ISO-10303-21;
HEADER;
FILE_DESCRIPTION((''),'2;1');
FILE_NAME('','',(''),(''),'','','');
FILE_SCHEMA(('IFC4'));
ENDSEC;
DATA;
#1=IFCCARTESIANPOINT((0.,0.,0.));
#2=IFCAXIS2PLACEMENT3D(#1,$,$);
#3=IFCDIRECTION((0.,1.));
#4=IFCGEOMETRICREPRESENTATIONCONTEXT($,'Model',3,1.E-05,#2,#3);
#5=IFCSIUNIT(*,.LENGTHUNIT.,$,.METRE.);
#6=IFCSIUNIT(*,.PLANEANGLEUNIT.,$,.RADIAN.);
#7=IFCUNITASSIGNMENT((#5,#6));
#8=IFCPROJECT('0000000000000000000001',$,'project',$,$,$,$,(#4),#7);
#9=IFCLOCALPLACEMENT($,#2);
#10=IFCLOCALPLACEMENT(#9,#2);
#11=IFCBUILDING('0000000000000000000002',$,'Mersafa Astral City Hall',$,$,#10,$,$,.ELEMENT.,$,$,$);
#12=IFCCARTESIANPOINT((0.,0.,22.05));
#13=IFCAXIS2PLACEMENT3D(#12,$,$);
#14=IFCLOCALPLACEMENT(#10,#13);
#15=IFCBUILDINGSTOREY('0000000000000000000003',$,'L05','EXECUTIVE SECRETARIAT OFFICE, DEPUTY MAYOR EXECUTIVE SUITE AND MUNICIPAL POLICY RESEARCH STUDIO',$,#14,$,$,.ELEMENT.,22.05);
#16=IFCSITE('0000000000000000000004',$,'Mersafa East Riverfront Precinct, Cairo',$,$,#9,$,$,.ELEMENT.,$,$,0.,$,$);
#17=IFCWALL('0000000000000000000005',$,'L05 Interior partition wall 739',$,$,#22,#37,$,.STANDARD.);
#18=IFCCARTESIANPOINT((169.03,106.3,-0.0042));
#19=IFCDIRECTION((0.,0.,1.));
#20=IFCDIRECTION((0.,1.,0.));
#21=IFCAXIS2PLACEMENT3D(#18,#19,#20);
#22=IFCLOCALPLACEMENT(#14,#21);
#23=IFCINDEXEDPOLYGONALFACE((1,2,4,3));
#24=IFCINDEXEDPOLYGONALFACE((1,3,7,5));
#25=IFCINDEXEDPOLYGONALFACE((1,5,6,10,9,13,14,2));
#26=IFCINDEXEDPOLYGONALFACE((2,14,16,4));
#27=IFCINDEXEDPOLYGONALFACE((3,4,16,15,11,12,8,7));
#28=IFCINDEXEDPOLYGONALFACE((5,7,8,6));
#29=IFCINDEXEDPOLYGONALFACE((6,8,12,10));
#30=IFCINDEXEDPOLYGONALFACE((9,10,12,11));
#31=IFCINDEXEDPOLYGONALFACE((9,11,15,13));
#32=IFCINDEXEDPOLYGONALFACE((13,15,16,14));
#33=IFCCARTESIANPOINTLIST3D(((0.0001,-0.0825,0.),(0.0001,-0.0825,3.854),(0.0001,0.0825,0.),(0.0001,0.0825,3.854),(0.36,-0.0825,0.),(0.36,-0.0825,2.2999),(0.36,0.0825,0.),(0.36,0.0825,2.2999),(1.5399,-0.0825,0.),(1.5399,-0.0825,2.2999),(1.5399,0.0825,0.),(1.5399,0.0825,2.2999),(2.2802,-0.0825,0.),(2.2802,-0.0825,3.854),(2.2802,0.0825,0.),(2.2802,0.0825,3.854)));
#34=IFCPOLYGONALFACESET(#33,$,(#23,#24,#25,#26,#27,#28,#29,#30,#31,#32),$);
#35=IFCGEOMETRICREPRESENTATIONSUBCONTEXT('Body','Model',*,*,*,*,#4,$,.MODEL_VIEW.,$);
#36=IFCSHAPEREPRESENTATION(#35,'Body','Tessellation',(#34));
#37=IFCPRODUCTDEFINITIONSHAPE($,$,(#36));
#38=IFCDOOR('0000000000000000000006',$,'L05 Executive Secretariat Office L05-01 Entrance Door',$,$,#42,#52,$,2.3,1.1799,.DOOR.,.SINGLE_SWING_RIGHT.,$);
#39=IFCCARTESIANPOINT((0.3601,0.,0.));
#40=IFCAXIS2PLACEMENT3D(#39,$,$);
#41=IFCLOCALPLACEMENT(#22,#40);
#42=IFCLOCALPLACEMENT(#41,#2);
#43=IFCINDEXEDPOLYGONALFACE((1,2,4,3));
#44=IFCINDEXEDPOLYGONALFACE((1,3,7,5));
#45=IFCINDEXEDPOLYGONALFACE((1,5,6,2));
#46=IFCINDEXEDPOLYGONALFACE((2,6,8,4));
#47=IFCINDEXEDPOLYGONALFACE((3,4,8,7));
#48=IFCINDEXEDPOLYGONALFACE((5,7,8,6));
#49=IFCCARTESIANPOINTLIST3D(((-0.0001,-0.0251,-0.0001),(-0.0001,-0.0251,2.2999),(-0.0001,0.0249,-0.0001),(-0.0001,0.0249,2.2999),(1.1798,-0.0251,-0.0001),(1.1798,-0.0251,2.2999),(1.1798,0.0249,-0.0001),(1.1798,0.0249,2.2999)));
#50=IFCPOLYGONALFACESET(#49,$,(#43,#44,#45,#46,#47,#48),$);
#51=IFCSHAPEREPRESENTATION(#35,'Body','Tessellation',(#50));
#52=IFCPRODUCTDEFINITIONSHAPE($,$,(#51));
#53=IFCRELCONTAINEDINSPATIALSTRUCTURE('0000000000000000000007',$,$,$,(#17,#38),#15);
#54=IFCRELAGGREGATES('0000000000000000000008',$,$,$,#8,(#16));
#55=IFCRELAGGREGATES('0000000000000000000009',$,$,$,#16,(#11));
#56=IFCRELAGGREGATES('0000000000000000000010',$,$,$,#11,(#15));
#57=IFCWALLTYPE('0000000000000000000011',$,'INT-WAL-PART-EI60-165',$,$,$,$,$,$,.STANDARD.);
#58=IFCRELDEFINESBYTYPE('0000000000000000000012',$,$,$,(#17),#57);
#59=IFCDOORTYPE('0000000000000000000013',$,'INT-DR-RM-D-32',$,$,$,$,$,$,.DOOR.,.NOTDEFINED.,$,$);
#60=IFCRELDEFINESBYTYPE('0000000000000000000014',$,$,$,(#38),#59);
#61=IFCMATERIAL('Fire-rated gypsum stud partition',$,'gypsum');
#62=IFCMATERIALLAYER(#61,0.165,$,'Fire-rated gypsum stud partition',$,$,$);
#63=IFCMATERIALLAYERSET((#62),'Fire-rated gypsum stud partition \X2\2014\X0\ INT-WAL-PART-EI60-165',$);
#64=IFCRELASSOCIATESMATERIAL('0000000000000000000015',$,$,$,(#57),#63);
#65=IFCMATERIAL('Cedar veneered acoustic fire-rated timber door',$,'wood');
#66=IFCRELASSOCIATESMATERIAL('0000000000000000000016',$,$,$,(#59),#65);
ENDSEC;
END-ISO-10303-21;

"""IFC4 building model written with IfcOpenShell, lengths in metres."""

from ifc_helpers import new_model, si_unit, direction, frame, frame_2d, origin, place, context, subcontext, project, spatial, rectangle, extrude, material, layer, layer_set, type_object, element, fill, save


model = new_model("IFC4")

# Units and contexts
model_context = context("Model", 3, precision=1e-05, world=origin(), true_north=direction((0.0, 1.0)))
body_context = subcontext(model_context, "Body", "Model", "MODEL_VIEW")
ifc_project = project(units=[si_unit("LENGTHUNIT", "METRE"), si_unit("PLANEANGLEUNIT", "RADIAN")], contexts=[model_context])

# Site, building, storey
site_placement = place(None, origin())
site = spatial("IfcSite", under=ifc_project, at=site_placement, Name="Mersafa East Riverfront Precinct, Cairo", CompositionType="ELEMENT", RefElevation=0.0)
building_placement = place(site_placement, origin())
building = spatial("IfcBuilding", under=site, at=building_placement, Name="Mersafa Astral City Hall", CompositionType="ELEMENT")
storey_placement = place(building_placement, frame((0.0, 0.0, 22.05)))
storey = spatial("IfcBuildingStorey", under=building, at=storey_placement, Name="L05", Description="EXECUTIVE SECRETARIAT OFFICE, DEPUTY MAYOR EXECUTIVE SUITE AND MUNICIPAL POLICY RESEARCH STUDIO", CompositionType="ELEMENT", Elevation=22.05)

# Wall, opening, door
ifc_material_1 = material(Name="Fire-rated gypsum stud partition", Category="gypsum")
ifc_layer_1 = layer(ifc_material_1, 0.165, Name="Fire-rated gypsum stud partition")
ifc_layer_set_1 = layer_set([ifc_layer_1], Name="Fire-rated gypsum stud partition — INT-WAL-PART-EI60-165")
wall_type_1 = type_object("IfcWallType", Name="INT-WAL-PART-EI60-165", PredefinedType="STANDARD", material=ifc_layer_set_1)
wall_1_placement = place(storey_placement, frame((169.03, 106.3, -0.0042), z_axis=(0.0, 0.0, 1.0), x_axis=(0.0, 1.0, 0.0)))
wall_1 = element("IfcWall", 1, at=wall_1_placement, inside=storey, type_object=wall_type_1, Name="L05 Interior partition wall 739", PredefinedType="STANDARD", context=body_context, shape_type="SweptSolid", body=[
    extrude(rectangle(XDim=2.28, YDim=0.165, at=frame_2d((1.1401, 0.0))), origin(), (0.0, 0.0, 1.0), 3.854),
])
opening_placement = place(wall_1_placement, frame((0.3601, 0.0, 0.0)))
opening = element("IfcOpeningElement", 2, at=opening_placement, cuts=wall_1, PredefinedType="OPENING", context=body_context, shape_type="SweptSolid", body=[
    extrude(rectangle(XDim=1.1799, YDim=2.3, at=frame_2d((0.5898, 1.1499))), frame((0.0, 0.0925, 0.0), z_axis=(0.0, -1.0, 0.0), x_axis=(1.0, 0.0, 0.0)), (0.0, 0.0, 1.0), 0.1851),
])
ifc_material_2 = material(Name="Cedar veneered acoustic fire-rated timber door", Category="wood")
door_type = type_object("IfcDoorType", Name="INT-DR-RM-D-32", OperationType="NOTDEFINED", PredefinedType="DOOR", material=ifc_material_2)
door_placement = place(opening_placement, origin())
door = element("IfcDoor", 3, at=door_placement, inside=storey, type_object=door_type, Name="L05 Executive Secretariat Office L05-01 Entrance Door", OperationType="SINGLE_SWING_RIGHT", OverallHeight=2.3, OverallWidth=1.1799, PredefinedType="DOOR", context=body_context, shape_type="SweptSolid", body=[
    extrude(rectangle(XDim=1.1799, YDim=2.3, at=frame_2d((0.5898, 1.1499))), frame((0.0, 0.0249, 0.0), z_axis=(0.0, -1.0, 0.0), x_axis=(1.0, 0.0, 0.0)), (0.0, 0.0, 1.0), 0.05),
])
fill(opening, door)

save(model, "model.ifc")
